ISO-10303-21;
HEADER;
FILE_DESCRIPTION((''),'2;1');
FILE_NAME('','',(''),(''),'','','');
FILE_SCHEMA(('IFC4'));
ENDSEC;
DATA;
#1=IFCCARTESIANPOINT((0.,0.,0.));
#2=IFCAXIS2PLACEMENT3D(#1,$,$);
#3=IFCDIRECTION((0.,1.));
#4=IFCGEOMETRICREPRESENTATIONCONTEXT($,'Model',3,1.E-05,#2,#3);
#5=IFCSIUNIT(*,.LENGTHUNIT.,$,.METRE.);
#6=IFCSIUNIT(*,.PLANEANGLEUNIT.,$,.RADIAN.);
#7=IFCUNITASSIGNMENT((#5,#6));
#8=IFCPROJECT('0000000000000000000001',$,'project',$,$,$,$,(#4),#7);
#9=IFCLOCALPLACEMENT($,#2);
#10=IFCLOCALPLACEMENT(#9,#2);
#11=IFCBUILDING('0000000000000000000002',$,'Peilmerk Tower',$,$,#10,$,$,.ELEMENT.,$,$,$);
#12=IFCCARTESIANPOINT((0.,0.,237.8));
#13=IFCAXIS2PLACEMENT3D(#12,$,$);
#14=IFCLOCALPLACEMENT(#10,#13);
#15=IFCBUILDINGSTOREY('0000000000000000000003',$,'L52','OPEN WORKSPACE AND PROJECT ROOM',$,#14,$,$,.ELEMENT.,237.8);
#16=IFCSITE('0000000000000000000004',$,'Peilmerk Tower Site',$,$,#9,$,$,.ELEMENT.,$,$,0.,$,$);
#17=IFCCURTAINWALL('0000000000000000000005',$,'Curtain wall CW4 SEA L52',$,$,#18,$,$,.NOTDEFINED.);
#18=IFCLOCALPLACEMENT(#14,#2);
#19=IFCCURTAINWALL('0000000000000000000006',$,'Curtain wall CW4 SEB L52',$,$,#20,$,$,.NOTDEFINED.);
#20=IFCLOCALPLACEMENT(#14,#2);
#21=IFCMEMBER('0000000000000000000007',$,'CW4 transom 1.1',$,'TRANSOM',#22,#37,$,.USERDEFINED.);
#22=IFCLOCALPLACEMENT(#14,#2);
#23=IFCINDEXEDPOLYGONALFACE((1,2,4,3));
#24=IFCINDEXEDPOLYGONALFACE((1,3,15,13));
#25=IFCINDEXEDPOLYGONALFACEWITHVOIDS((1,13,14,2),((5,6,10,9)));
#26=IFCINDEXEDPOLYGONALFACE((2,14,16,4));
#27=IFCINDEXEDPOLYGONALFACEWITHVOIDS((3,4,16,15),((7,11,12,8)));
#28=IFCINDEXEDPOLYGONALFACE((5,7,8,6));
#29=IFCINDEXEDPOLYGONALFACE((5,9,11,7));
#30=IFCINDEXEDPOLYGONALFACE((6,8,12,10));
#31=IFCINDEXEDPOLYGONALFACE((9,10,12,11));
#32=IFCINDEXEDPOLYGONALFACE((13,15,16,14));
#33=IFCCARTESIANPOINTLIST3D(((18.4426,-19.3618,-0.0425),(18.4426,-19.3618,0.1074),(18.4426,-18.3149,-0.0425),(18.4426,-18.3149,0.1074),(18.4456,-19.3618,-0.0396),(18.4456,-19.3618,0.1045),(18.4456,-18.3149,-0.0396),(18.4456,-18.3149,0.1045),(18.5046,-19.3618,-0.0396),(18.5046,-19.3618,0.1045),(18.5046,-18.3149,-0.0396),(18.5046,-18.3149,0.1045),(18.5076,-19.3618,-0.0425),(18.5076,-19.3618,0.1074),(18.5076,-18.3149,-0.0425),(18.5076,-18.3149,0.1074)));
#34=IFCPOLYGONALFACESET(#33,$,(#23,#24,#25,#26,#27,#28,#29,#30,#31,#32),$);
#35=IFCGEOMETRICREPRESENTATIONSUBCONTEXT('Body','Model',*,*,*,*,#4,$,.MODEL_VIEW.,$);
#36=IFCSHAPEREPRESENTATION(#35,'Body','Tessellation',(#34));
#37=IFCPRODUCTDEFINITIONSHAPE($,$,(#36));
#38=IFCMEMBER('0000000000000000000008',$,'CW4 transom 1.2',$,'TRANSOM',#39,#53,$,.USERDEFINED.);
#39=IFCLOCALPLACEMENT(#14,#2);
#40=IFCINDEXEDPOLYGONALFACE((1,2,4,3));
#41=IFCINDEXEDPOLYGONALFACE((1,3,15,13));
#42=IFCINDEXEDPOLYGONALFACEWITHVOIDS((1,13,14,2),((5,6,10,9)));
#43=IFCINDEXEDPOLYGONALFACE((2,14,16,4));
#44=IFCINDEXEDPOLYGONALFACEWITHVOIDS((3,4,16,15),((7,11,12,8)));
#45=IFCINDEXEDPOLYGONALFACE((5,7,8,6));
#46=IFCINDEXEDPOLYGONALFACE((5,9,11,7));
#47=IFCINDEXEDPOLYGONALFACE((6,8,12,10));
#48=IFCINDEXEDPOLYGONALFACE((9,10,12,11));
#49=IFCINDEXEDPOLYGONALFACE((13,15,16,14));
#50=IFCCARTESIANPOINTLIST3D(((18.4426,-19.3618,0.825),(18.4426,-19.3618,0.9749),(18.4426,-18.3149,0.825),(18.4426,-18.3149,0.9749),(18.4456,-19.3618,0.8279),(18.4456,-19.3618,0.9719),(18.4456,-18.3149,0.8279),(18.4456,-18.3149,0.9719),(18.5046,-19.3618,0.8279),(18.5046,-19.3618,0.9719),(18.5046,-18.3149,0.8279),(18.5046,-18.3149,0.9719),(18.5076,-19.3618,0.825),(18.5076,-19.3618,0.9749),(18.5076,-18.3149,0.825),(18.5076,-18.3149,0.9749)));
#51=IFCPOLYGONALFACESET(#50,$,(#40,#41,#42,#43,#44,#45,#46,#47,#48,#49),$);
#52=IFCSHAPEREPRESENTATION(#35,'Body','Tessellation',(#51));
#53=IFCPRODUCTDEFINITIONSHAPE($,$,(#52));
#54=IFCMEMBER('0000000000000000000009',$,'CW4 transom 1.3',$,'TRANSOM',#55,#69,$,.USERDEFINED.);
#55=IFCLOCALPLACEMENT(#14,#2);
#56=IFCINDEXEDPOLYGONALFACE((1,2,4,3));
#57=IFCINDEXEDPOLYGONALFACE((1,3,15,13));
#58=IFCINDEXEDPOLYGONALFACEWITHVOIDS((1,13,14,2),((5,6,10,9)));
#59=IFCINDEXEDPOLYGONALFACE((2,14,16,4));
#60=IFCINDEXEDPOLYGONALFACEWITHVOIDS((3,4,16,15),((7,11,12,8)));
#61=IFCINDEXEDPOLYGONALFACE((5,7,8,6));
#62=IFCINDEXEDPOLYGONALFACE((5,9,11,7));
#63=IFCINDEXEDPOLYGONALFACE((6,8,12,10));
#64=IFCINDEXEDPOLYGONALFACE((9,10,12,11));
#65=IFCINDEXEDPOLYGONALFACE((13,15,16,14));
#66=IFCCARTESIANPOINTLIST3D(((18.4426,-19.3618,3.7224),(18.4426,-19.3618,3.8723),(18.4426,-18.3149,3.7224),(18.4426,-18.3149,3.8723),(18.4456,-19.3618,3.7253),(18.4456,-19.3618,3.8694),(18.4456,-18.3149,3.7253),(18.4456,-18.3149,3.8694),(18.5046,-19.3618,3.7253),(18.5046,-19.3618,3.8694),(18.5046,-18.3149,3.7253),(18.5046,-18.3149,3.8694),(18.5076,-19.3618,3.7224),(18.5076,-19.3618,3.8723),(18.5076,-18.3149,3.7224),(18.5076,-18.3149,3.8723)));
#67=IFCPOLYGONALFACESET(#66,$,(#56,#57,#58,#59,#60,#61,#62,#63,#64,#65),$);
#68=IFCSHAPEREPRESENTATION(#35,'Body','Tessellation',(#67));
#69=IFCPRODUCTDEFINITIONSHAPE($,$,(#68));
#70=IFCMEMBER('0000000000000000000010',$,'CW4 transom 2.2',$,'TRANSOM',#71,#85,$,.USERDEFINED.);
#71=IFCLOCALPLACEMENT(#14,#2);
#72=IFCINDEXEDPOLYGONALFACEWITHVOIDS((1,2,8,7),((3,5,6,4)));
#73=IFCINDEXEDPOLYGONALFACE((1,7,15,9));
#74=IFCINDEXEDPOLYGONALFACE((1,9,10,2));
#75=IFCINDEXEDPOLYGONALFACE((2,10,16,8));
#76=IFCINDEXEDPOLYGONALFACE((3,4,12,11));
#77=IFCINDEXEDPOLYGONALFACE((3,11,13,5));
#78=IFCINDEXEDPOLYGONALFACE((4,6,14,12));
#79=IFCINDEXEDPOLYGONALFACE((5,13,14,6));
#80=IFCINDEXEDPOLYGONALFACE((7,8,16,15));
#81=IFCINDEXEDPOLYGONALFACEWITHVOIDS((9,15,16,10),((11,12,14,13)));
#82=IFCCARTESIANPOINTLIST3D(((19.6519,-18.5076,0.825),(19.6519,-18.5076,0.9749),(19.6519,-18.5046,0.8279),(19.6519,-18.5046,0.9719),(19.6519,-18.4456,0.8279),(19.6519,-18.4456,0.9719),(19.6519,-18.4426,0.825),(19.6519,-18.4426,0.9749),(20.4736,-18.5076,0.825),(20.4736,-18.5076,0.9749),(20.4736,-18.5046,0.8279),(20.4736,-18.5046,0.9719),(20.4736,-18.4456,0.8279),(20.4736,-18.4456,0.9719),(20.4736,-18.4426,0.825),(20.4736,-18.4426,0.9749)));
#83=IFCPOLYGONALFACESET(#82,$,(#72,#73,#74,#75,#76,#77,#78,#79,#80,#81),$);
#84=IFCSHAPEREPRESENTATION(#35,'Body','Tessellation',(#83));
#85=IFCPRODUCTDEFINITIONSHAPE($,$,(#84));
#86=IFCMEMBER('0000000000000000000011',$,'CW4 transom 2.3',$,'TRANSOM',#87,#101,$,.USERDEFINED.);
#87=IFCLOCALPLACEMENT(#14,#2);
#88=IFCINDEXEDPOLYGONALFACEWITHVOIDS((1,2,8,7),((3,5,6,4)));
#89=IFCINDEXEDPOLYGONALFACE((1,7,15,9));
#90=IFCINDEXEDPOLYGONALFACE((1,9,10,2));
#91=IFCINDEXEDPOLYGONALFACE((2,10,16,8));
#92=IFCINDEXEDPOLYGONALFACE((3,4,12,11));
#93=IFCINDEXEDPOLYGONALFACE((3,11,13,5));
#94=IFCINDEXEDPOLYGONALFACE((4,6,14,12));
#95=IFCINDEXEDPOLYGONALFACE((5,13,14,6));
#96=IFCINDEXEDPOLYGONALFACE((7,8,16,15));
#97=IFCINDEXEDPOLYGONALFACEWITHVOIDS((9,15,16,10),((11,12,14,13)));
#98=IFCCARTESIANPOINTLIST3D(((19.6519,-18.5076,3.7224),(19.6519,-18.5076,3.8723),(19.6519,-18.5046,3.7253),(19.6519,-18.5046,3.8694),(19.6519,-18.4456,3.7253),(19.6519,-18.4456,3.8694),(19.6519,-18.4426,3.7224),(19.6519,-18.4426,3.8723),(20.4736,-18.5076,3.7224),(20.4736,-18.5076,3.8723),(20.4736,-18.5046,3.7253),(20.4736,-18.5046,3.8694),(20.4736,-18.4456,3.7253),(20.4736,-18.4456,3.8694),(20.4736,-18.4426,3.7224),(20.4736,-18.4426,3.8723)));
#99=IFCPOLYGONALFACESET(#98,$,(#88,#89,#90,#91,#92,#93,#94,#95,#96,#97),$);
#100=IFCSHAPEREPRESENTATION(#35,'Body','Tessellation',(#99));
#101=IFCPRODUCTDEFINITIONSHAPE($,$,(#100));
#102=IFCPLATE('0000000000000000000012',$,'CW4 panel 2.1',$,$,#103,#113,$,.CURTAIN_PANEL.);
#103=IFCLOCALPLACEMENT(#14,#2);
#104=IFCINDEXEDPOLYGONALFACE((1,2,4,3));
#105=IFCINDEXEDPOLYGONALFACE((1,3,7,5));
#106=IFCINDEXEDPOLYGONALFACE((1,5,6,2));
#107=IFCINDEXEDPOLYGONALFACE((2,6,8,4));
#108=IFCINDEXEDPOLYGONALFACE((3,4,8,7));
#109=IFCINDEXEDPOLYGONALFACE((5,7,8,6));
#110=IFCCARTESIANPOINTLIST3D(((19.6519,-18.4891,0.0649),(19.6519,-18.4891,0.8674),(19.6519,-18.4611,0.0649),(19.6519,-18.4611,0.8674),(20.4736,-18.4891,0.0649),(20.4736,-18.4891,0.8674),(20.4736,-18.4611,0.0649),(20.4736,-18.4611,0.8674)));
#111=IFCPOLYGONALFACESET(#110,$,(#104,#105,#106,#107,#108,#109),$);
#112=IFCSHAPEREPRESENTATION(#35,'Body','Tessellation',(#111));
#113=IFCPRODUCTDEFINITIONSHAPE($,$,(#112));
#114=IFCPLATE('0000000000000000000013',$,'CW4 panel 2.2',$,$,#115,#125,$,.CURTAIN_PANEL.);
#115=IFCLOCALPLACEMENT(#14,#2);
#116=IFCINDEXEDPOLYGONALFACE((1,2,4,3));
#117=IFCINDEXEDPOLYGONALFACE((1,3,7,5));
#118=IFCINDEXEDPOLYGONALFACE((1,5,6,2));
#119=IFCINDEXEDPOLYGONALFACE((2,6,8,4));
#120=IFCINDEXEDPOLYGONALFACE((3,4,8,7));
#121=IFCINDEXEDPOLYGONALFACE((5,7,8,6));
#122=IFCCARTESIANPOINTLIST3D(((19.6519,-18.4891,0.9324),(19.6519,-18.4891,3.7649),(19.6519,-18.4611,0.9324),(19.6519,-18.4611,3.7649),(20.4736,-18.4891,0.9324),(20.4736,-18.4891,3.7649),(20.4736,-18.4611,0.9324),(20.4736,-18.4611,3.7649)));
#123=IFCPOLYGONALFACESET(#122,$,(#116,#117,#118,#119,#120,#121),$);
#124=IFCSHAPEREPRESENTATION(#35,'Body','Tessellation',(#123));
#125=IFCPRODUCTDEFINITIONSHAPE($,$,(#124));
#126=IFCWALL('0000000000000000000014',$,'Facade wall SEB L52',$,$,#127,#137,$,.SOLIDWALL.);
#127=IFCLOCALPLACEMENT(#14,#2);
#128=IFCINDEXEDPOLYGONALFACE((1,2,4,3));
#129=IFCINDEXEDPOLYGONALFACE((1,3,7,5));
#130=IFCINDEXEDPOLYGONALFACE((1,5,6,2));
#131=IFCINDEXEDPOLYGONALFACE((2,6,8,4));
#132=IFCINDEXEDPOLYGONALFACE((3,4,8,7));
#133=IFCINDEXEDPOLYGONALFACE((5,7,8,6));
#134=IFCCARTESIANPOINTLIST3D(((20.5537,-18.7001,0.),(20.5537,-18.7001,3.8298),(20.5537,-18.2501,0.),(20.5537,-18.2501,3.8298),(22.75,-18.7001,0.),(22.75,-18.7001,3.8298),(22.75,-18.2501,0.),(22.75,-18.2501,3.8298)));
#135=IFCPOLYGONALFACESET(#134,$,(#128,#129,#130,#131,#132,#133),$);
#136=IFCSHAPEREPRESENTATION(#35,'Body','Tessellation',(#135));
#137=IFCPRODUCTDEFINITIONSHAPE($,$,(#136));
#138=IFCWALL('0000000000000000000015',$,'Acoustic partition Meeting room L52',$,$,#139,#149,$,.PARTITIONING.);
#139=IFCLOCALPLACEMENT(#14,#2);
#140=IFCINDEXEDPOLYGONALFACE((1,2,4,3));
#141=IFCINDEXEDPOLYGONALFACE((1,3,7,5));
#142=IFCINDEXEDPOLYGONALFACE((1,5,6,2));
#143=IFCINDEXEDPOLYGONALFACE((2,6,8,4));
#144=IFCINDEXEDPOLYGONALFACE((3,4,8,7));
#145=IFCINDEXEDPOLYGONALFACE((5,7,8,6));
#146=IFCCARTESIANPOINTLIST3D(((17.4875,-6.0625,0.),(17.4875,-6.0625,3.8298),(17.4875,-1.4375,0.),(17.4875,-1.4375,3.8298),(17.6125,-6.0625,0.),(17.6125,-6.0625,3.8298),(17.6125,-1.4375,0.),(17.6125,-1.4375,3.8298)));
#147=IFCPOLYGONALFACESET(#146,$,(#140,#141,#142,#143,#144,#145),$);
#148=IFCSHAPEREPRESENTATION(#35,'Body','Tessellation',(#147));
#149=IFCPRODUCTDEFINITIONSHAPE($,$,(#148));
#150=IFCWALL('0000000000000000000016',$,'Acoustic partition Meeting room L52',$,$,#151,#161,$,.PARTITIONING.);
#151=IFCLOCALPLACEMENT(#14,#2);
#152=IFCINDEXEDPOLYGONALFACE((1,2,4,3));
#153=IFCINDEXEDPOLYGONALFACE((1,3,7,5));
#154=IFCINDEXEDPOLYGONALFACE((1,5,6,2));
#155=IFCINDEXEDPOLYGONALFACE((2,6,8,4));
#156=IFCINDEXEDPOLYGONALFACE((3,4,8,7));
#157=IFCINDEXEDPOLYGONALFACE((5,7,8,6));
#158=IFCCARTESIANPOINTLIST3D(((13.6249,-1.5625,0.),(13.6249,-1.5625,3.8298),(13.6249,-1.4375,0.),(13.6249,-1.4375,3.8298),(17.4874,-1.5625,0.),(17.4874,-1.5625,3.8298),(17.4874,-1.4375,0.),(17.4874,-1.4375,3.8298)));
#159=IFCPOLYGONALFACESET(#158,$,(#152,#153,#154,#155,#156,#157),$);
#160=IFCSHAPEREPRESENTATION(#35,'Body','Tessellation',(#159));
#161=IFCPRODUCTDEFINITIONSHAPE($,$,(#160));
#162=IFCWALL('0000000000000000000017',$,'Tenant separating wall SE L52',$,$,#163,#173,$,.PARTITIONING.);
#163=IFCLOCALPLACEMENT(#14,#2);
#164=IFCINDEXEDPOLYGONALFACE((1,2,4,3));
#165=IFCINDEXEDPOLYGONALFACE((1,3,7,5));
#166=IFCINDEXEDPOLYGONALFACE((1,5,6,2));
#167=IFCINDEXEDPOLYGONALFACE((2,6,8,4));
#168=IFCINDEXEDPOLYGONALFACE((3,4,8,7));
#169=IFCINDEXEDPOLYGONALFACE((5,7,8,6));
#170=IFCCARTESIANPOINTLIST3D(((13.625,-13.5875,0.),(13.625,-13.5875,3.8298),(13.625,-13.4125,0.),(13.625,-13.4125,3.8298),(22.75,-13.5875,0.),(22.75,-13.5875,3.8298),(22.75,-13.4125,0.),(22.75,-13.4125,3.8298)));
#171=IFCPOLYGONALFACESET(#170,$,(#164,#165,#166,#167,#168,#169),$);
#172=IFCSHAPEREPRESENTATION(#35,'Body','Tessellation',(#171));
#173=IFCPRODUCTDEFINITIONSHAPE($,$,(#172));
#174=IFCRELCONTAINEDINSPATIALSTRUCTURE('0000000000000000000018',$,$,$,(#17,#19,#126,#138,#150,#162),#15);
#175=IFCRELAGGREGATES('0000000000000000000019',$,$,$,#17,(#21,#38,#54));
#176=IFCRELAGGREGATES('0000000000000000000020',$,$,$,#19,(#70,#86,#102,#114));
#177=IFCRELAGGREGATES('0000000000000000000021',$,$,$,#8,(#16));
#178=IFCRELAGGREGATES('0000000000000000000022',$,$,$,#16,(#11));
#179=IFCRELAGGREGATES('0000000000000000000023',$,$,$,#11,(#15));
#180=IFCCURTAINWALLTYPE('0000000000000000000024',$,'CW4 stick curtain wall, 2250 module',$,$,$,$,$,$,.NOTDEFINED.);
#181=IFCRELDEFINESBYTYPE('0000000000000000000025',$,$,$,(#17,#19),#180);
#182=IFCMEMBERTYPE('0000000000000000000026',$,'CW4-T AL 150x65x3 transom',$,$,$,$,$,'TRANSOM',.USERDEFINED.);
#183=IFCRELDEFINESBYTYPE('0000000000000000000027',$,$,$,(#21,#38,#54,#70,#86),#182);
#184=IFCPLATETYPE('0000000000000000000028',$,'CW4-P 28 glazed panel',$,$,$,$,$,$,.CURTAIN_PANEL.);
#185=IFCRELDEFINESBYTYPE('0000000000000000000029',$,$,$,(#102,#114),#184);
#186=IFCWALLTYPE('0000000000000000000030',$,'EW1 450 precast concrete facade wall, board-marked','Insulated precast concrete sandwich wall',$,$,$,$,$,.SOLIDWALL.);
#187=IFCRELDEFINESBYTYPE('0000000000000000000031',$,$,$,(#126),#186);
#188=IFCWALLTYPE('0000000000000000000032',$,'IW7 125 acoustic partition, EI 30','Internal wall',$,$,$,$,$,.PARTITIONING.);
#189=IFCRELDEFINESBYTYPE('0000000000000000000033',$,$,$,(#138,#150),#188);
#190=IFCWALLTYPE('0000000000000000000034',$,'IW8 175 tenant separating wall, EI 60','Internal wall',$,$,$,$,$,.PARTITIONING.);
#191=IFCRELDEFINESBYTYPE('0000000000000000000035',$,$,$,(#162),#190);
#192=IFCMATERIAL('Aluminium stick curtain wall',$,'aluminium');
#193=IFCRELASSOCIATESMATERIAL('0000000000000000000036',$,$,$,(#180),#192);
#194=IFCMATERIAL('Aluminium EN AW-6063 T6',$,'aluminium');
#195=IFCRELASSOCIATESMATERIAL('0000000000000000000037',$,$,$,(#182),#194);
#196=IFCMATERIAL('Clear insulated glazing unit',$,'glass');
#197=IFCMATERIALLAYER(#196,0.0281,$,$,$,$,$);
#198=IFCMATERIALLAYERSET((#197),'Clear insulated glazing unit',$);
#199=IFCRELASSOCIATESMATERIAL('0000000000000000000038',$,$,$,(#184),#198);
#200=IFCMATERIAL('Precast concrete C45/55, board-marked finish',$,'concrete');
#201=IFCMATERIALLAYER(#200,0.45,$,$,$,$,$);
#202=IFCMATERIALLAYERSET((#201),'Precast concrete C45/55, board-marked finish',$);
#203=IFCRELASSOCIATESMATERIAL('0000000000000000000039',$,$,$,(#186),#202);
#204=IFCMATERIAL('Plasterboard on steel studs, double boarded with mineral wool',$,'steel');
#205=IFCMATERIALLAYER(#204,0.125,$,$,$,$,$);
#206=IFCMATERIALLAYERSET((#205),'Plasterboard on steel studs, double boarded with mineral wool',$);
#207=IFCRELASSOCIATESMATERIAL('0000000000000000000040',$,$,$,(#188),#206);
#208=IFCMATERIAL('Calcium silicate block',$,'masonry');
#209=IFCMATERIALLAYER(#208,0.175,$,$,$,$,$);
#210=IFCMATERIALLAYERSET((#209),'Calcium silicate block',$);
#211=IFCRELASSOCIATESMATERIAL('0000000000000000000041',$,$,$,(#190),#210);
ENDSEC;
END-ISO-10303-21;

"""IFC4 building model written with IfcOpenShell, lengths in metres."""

from ifc_helpers import new_model, si_unit, direction, frame, frame_2d, origin, origin_2d, place, context, subcontext, project, spatial, rectangle, hollow_rectangle, extrude, material, layer, layer_set, material_profile, profile_set, type_object, element, aggregate, save


model = new_model("IFC4")

# Units and contexts
model_context = context("Model", 3, precision=1e-05, world=origin(), true_north=direction((0.0, 1.0)))
body_context = subcontext(model_context, "Body", "Model", "MODEL_VIEW")
ifc_project = project(units=[si_unit("LENGTHUNIT", "METRE"), si_unit("PLANEANGLEUNIT", "RADIAN")], contexts=[model_context])

# Site, building, storey
site_placement = place(None, origin())
site = spatial("IfcSite", under=ifc_project, at=site_placement, Name="Peilmerk Tower Site", CompositionType="ELEMENT", RefElevation=0.0)
building_placement = place(site_placement, origin())
building = spatial("IfcBuilding", under=site, at=building_placement, Name="Peilmerk Tower", CompositionType="ELEMENT")
storey_placement = place(building_placement, frame((0.0, 0.0, 237.8)))
storey = spatial("IfcBuildingStorey", under=building, at=storey_placement, Name="L52", Description="OPEN WORKSPACE AND PROJECT ROOM", CompositionType="ELEMENT", Elevation=237.8)

# Curtain walls
ifc_material_1 = material(Name="Aluminium stick curtain wall", Category="aluminium")
curtain_wall_type = type_object("IfcCurtainWallType", Name="CW4 stick curtain wall, 2250 module", PredefinedType="NOTDEFINED", material=ifc_material_1)
curtain_wall_1_placement = place(storey_placement, origin())
curtain_wall_1 = element("IfcCurtainWall", 1, at=curtain_wall_1_placement, inside=storey, type_object=curtain_wall_type, Name="Curtain wall CW4 SEA L52", PredefinedType="NOTDEFINED")
ifc_material_2 = material(Name="Aluminium EN AW-6063 T6", Category="aluminium")
curtain_wall_2_placement = place(storey_placement, origin())
curtain_wall_2 = element("IfcCurtainWall", 2, at=curtain_wall_2_placement, inside=storey, type_object=curtain_wall_type, Name="Curtain wall CW4 SEB L52", PredefinedType="NOTDEFINED")

# Members
ifc_material_profile_1 = material_profile(ifc_material_2, hollow_rectangle(XDim=0.0649, YDim=0.1499, WallThickness=0.0029, at=origin_2d()), Name="AL 150x65x3")
ifc_profile_set_1 = profile_set([ifc_material_profile_1], Name="Aluminium EN AW-6063 T6")
member_type_1 = type_object("IfcMemberType", Name="CW4-T AL 150x65x3 transom", ElementType="TRANSOM", PredefinedType="USERDEFINED", material=ifc_profile_set_1)
member_1_placement = place(storey_placement, frame((18.4751, -18.3149, 0.0325), z_axis=(0.0, -1.0, 0.0), x_axis=(1.0, 0.0, 0.0)))
member_1 = element("IfcMember", 3, at=member_1_placement, type_object=member_type_1, Name="CW4 transom 1.1", ObjectType="TRANSOM", PredefinedType="USERDEFINED", context=body_context, shape_type="SweptSolid", body=[
    extrude(hollow_rectangle(XDim=0.0649, YDim=0.1499, WallThickness=0.0029, at=origin_2d()), origin(), (0.0, 0.0, 1.0), 1.0469),
])
member_2_placement = place(storey_placement, frame((18.4751, -18.3149, 0.8999), z_axis=(0.0, -1.0, 0.0), x_axis=(1.0, 0.0, 0.0)))
member_2 = element("IfcMember", 4, at=member_2_placement, type_object=member_type_1, Name="CW4 transom 1.2", ObjectType="TRANSOM", PredefinedType="USERDEFINED", context=body_context, shape_type="SweptSolid", body=[
    extrude(hollow_rectangle(XDim=0.0649, YDim=0.1499, WallThickness=0.0029, at=origin_2d()), origin(), (0.0, 0.0, 1.0), 1.0469),
])
member_3_placement = place(storey_placement, frame((18.4751, -18.3149, 3.7974), z_axis=(0.0, -1.0, 0.0), x_axis=(1.0, 0.0, 0.0)))
member_3 = element("IfcMember", 5, at=member_3_placement, type_object=member_type_1, Name="CW4 transom 1.3", ObjectType="TRANSOM", PredefinedType="USERDEFINED", context=body_context, shape_type="SweptSolid", body=[
    extrude(hollow_rectangle(XDim=0.0649, YDim=0.1499, WallThickness=0.0029, at=origin_2d()), origin(), (0.0, 0.0, 1.0), 1.0469),
])
aggregate(curtain_wall_1, [member_1, member_2, member_3])
member_4_placement = place(storey_placement, frame((19.6519, -18.4751, 0.8999), z_axis=(1.0, 0.0, 0.0), x_axis=(0.0, 1.0, 0.0)))
member_4 = element("IfcMember", 6, at=member_4_placement, type_object=member_type_1, Name="CW4 transom 2.2", ObjectType="TRANSOM", PredefinedType="USERDEFINED", context=body_context, shape_type="SweptSolid", body=[
    extrude(hollow_rectangle(XDim=0.0649, YDim=0.1499, WallThickness=0.0029, at=origin_2d()), origin(), (0.0, 0.0, 1.0), 0.8218),
])
member_5_placement = place(storey_placement, frame((19.6519, -18.4751, 3.7974), z_axis=(1.0, 0.0, 0.0), x_axis=(0.0, 1.0, 0.0)))
member_5 = element("IfcMember", 7, at=member_5_placement, type_object=member_type_1, Name="CW4 transom 2.3", ObjectType="TRANSOM", PredefinedType="USERDEFINED", context=body_context, shape_type="SweptSolid", body=[
    extrude(hollow_rectangle(XDim=0.0649, YDim=0.1499, WallThickness=0.0029, at=origin_2d()), origin(), (0.0, 0.0, 1.0), 0.8218),
])

# Plates
ifc_material_3 = material(Name="Clear insulated glazing unit", Category="glass")
ifc_layer_1 = layer(ifc_material_3, 0.0281)
ifc_layer_set_1 = layer_set([ifc_layer_1], Name="Clear insulated glazing unit")
plate_type = type_object("IfcPlateType", Name="CW4-P 28 glazed panel", PredefinedType="CURTAIN_PANEL", material=ifc_layer_set_1)
plate_1_placement = place(storey_placement, frame((20.0627, -18.4751, 0.0649), z_axis=(0.0, 0.0, 1.0), x_axis=(1.0, 0.0, 0.0)))
plate_1 = element("IfcPlate", 8, at=plate_1_placement, type_object=plate_type, Name="CW4 panel 2.1", PredefinedType="CURTAIN_PANEL", context=body_context, shape_type="SweptSolid", body=[
    extrude(rectangle(XDim=0.8218, YDim=0.0281, at=origin_2d()), origin(), (0.0, 0.0, 1.0), 0.8025),
])
plate_2_placement = place(storey_placement, frame((20.0627, -18.4751, 0.9324), z_axis=(0.0, 0.0, 1.0), x_axis=(1.0, 0.0, 0.0)))
plate_2 = element("IfcPlate", 9, at=plate_2_placement, type_object=plate_type, Name="CW4 panel 2.2", PredefinedType="CURTAIN_PANEL", context=body_context, shape_type="SweptSolid", body=[
    extrude(rectangle(XDim=0.8218, YDim=0.0281, at=origin_2d()), origin(), (0.0, 0.0, 1.0), 2.8325),
])
aggregate(curtain_wall_2, [member_4, member_5, plate_1, plate_2])

# Walls
ifc_material_4 = material(Name="Precast concrete C45/55, board-marked finish", Category="concrete")
ifc_layer_2 = layer(ifc_material_4, 0.45)
ifc_layer_set_2 = layer_set([ifc_layer_2], Name="Precast concrete C45/55, board-marked finish")
wall_type_1 = type_object("IfcWallType", Name="EW1 450 precast concrete facade wall, board-marked", Description="Insulated precast concrete sandwich wall", PredefinedType="SOLIDWALL", material=ifc_layer_set_2)
wall_1_placement = place(storey_placement, frame((20.5537, -18.4751, 0.0), z_axis=(0.0, 0.0, 1.0), x_axis=(1.0, 0.0, 0.0)))
element("IfcWall", 10, at=wall_1_placement, inside=storey, type_object=wall_type_1, Name="Facade wall SEB L52", PredefinedType="SOLIDWALL", context=body_context, shape_type="SweptSolid", body=[
    extrude(rectangle(XDim=2.1963, YDim=0.45, at=frame_2d((1.0981, 0.0))), origin(), (0.0, 0.0, 1.0), 3.8298),
])
ifc_material_5 = material(Name="Plasterboard on steel studs, double boarded with mineral wool", Category="steel")
ifc_layer_3 = layer(ifc_material_5, 0.125)
ifc_layer_set_3 = layer_set([ifc_layer_3], Name="Plasterboard on steel studs, double boarded with mineral wool")
wall_type_2 = type_object("IfcWallType", Name="IW7 125 acoustic partition, EI 30", Description="Internal wall", PredefinedType="PARTITIONING", material=ifc_layer_set_3)
wall_2_placement = place(storey_placement, frame((17.55, -6.0625, 0.0), z_axis=(0.0, 0.0, 1.0), x_axis=(0.0, 1.0, 0.0)))
element("IfcWall", 11, at=wall_2_placement, inside=storey, type_object=wall_type_2, Name="Acoustic partition Meeting room L52", PredefinedType="PARTITIONING", context=body_context, shape_type="SweptSolid", body=[
    extrude(rectangle(XDim=4.625, YDim=0.125, at=frame_2d((2.3125, 0.0))), origin(), (0.0, 0.0, 1.0), 3.8298),
])
wall_3_placement = place(storey_placement, frame((13.625, -1.5, 0.0), z_axis=(0.0, 0.0, 1.0), x_axis=(1.0, 0.0, 0.0)))
element("IfcWall", 12, at=wall_3_placement, inside=storey, type_object=wall_type_2, Name="Acoustic partition Meeting room L52", PredefinedType="PARTITIONING", context=body_context, shape_type="SweptSolid", body=[
    extrude(rectangle(XDim=3.8625, YDim=0.125, at=frame_2d((1.9312, 0.0))), origin(), (0.0, 0.0, 1.0), 3.8298),
])
ifc_material_6 = material(Name="Calcium silicate block", Category="masonry")
ifc_layer_4 = layer(ifc_material_6, 0.175)
ifc_layer_set_4 = layer_set([ifc_layer_4], Name="Calcium silicate block")
wall_type_3 = type_object("IfcWallType", Name="IW8 175 tenant separating wall, EI 60", Description="Internal wall", PredefinedType="PARTITIONING", material=ifc_layer_set_4)
wall_4_placement = place(storey_placement, frame((22.75, -13.5, 0.0), z_axis=(0.0, 0.0, 1.0), x_axis=(-1.0, 0.0, 0.0)))
element("IfcWall", 13, at=wall_4_placement, inside=storey, type_object=wall_type_3, Name="Tenant separating wall SE L52", PredefinedType="PARTITIONING", context=body_context, shape_type="SweptSolid", body=[
    extrude(rectangle(XDim=9.125, YDim=0.175, at=frame_2d((4.5625, 0.0))), origin(), (0.0, 0.0, 1.0), 3.8298),
])

save(model, "model.ifc")
